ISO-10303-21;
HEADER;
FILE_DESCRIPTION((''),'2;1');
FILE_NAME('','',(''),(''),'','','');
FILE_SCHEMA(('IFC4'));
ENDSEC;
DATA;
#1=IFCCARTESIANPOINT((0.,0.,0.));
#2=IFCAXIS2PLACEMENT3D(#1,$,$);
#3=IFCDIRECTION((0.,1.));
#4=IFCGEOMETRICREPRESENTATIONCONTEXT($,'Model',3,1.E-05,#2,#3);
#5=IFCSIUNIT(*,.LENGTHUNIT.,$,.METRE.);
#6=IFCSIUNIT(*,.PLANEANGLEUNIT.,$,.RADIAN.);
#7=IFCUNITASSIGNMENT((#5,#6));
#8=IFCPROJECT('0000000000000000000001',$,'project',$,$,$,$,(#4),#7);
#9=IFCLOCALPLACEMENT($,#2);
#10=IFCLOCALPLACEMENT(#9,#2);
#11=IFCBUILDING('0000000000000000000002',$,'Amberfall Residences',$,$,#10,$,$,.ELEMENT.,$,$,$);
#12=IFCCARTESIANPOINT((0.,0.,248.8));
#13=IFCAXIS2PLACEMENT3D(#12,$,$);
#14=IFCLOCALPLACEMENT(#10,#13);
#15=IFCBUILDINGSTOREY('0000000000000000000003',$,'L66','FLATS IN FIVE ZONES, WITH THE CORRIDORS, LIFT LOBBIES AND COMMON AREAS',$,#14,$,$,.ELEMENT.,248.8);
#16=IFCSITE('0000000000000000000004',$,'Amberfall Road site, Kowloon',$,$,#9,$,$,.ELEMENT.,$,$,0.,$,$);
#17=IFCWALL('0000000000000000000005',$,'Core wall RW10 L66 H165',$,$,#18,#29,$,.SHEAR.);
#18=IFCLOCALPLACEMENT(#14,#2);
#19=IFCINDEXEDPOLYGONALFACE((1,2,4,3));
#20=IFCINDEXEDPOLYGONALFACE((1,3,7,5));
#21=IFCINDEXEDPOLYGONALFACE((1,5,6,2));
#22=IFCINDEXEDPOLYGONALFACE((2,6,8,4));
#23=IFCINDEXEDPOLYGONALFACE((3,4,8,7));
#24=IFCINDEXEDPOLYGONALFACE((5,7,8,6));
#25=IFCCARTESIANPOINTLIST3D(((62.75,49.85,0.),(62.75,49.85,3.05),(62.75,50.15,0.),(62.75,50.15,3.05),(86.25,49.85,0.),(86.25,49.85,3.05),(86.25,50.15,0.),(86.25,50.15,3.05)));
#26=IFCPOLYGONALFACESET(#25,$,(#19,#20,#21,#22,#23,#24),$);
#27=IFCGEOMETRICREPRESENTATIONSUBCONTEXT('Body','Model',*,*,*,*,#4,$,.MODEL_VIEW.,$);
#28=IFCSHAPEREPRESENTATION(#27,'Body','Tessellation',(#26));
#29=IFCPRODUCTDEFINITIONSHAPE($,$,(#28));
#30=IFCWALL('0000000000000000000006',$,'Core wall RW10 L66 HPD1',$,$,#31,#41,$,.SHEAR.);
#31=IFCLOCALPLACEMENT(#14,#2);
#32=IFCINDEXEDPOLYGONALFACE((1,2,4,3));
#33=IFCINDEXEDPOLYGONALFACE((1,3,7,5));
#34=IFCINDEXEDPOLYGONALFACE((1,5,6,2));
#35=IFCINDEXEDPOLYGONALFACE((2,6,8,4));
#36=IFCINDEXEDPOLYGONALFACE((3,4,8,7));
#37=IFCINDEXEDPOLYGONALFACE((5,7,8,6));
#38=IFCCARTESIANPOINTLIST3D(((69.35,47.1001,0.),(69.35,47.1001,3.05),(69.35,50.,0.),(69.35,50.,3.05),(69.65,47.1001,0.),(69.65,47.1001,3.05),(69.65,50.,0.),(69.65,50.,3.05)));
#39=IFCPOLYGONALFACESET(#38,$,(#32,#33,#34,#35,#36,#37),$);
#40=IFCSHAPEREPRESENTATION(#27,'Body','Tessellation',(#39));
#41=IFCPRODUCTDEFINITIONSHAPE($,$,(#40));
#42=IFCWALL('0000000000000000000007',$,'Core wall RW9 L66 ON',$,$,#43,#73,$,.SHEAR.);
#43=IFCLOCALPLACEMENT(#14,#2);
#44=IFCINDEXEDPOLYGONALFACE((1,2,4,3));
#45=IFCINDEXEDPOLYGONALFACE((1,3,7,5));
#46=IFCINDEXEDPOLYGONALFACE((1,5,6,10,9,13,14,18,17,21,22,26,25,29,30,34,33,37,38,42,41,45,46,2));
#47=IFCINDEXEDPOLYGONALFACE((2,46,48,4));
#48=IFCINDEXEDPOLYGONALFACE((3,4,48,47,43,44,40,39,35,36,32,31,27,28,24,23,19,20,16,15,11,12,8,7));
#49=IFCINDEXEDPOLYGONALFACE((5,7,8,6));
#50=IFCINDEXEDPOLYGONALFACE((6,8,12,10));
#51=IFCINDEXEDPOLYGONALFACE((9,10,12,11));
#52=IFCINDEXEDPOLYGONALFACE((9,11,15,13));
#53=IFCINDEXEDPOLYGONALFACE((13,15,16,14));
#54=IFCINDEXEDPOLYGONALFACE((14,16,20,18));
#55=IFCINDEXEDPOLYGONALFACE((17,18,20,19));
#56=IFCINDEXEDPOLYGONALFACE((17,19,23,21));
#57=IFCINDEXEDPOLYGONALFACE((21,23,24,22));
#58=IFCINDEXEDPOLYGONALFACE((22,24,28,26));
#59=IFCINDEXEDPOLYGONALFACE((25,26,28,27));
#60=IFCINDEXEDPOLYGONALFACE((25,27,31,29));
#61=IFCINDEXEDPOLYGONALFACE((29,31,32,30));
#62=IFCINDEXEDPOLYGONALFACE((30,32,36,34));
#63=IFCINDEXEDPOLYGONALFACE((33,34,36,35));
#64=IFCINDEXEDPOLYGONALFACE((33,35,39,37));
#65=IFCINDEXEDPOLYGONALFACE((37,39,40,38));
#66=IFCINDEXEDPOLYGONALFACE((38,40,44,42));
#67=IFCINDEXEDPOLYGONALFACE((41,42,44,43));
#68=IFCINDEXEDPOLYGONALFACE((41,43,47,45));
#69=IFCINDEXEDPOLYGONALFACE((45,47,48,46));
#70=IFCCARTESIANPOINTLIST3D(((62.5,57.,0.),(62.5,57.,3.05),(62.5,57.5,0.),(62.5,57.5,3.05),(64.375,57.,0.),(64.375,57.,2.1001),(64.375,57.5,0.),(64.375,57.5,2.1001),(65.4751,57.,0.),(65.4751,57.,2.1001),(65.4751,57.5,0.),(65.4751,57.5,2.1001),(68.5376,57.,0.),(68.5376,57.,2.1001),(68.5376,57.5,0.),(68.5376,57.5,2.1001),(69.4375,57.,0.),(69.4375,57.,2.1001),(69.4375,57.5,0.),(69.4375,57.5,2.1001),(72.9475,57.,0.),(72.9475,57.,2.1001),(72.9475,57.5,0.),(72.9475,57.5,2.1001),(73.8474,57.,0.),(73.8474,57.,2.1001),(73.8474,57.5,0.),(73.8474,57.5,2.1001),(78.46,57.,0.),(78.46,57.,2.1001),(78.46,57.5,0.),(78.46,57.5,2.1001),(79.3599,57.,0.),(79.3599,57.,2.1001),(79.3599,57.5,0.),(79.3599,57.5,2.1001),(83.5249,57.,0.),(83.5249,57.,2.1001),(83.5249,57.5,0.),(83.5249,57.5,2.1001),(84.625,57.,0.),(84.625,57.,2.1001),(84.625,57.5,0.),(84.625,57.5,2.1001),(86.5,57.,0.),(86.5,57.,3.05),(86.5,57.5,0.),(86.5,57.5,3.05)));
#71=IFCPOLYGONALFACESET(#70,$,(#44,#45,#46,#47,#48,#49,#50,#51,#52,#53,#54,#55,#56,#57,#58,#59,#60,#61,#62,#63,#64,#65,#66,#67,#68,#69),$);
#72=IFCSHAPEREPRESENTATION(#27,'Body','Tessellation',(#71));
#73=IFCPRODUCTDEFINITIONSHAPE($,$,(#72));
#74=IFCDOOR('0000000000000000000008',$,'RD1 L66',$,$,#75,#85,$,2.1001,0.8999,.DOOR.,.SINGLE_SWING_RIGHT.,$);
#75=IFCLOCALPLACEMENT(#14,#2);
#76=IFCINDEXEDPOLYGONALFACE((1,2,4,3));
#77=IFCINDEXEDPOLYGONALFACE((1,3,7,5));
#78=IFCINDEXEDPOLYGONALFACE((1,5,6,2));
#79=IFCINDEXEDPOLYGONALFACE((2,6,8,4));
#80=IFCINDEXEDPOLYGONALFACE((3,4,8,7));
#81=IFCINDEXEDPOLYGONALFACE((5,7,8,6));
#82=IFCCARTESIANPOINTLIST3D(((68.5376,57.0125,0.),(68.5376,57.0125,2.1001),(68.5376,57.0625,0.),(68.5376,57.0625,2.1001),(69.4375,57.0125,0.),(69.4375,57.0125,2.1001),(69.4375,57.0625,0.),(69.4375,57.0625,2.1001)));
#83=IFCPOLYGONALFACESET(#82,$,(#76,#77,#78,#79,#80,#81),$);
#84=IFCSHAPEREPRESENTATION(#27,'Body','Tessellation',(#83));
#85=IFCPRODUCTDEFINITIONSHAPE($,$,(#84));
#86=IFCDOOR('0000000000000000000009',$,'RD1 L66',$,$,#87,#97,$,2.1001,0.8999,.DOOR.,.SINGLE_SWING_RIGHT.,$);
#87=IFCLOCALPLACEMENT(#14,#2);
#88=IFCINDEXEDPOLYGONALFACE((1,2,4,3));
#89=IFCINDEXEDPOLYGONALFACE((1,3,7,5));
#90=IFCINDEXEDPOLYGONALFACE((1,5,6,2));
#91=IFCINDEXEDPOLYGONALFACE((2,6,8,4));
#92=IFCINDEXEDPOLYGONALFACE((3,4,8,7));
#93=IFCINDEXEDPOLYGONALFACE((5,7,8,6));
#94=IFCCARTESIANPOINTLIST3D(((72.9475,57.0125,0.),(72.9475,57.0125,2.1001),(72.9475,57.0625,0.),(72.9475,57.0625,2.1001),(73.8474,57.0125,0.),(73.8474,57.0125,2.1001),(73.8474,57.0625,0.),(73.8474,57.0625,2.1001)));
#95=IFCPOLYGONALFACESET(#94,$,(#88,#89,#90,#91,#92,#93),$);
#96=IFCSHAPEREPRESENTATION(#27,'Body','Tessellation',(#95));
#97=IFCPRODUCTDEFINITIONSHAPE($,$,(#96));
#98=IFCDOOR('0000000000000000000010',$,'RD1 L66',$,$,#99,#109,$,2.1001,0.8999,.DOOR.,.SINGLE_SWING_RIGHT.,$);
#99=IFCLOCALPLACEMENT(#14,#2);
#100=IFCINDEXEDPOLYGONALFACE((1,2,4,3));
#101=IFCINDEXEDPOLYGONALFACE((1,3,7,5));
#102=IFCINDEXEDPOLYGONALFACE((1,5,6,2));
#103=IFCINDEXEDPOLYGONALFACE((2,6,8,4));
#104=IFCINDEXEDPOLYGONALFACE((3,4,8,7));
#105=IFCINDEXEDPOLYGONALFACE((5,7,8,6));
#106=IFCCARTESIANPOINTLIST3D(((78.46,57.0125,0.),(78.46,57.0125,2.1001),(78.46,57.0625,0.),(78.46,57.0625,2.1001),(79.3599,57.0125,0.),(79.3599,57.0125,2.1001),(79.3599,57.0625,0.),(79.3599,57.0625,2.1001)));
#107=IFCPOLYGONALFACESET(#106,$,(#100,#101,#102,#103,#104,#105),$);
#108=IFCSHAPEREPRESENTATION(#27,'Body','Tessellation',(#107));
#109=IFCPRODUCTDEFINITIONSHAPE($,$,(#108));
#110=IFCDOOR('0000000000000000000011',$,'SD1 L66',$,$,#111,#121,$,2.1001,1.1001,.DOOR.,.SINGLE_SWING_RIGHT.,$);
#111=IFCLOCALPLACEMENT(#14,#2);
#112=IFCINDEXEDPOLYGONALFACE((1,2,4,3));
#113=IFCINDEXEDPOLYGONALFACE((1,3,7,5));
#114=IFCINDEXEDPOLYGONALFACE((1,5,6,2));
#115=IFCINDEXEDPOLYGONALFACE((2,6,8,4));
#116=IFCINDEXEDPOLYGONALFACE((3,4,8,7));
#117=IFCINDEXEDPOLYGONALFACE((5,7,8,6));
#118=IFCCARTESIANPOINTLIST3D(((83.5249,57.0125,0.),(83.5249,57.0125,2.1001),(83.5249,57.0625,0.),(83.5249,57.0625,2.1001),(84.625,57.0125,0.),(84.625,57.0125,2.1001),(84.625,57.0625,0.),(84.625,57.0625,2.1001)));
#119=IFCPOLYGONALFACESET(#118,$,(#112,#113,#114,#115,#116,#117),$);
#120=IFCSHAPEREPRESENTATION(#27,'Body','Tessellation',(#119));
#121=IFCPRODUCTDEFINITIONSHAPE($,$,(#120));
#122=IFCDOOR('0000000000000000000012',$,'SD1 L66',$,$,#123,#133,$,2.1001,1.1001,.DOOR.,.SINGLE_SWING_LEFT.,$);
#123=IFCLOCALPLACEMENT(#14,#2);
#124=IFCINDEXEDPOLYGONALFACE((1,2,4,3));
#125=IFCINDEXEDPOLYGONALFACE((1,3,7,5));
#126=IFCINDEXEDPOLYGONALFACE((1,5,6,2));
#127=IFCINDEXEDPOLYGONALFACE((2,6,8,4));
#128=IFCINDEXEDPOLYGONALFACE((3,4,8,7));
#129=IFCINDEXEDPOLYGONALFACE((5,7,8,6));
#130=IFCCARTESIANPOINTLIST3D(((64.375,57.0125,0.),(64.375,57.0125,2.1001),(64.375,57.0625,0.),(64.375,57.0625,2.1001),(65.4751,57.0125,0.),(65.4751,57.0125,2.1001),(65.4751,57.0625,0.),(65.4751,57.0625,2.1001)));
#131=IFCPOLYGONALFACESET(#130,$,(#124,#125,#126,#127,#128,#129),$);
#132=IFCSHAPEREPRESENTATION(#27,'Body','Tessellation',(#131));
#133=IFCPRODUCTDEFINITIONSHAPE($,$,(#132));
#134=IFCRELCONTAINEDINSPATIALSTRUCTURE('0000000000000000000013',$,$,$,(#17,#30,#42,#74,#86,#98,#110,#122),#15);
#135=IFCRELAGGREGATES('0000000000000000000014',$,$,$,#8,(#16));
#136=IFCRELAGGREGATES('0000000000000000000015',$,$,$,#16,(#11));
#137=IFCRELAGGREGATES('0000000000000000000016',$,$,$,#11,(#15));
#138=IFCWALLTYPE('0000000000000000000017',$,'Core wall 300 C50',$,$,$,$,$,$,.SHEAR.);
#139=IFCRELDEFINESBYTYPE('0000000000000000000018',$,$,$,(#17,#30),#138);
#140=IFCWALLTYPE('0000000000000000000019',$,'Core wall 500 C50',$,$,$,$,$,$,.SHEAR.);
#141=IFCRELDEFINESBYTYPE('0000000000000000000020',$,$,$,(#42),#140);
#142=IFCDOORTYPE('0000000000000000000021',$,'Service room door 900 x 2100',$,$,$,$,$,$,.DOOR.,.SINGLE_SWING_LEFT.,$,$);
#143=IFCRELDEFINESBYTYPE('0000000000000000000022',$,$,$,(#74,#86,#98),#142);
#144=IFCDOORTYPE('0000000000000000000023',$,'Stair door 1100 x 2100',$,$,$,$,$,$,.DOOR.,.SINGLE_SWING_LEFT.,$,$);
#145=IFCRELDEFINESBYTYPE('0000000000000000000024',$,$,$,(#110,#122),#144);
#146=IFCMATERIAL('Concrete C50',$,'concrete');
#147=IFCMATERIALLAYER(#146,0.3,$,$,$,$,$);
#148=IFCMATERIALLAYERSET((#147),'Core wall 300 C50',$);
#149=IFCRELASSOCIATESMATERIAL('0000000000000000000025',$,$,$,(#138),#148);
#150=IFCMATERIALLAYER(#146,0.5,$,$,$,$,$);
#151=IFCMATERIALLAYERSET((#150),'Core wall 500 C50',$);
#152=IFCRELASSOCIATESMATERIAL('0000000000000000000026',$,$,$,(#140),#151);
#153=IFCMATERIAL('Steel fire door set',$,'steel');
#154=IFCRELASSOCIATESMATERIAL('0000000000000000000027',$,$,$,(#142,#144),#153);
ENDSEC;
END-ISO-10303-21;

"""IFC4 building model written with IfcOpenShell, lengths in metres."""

from ifc_helpers import new_model, si_unit, direction, frame, frame_2d, origin, place, context, subcontext, project, spatial, rectangle, extrude, material, layer, layer_set, type_object, element, fill, save


model = new_model("IFC4")

# Units and contexts
model_context = context("Model", 3, precision=1e-05, world=origin(), true_north=direction((0.0, 1.0)))
body_context = subcontext(model_context, "Body", "Model", "MODEL_VIEW")
ifc_project = project(units=[si_unit("LENGTHUNIT", "METRE"), si_unit("PLANEANGLEUNIT", "RADIAN")], contexts=[model_context])

# Site, building, storey
site_placement = place(None, origin())
site = spatial("IfcSite", under=ifc_project, at=site_placement, Name="Amberfall Road site, Kowloon", CompositionType="ELEMENT", RefElevation=0.0)
building_placement = place(site_placement, origin())
building = spatial("IfcBuilding", under=site, at=building_placement, Name="Amberfall Residences", CompositionType="ELEMENT")
storey_placement = place(building_placement, frame((0.0, 0.0, 248.8)))
storey = spatial("IfcBuildingStorey", under=building, at=storey_placement, Name="L66", Description="FLATS IN FIVE ZONES, WITH THE CORRIDORS, LIFT LOBBIES AND COMMON AREAS", CompositionType="ELEMENT", Elevation=248.8)

# Walls
ifc_material_1 = material(Name="Concrete C50", Category="concrete")
ifc_layer_1 = layer(ifc_material_1, 0.3)
ifc_layer_set_1 = layer_set([ifc_layer_1], Name="Core wall 300 C50")
wall_type_1 = type_object("IfcWallType", Name="Core wall 300 C50", PredefinedType="SHEAR", material=ifc_layer_set_1)
wall_1_placement = place(storey_placement, frame((62.75, 50.0, 0.0), z_axis=(0.0, 0.0, 1.0), x_axis=(1.0, 0.0, 0.0)))
element("IfcWall", 1, at=wall_1_placement, inside=storey, type_object=wall_type_1, Name="Core wall RW10 L66 H165", PredefinedType="SHEAR", context=body_context, shape_type="SweptSolid", body=[
    extrude(rectangle(XDim=23.5, YDim=0.3, at=frame_2d((11.75, 0.0))), origin(), (0.0, 0.0, 1.0), 3.05),
])
wall_2_placement = place(storey_placement, frame((69.5, 47.1001, 0.0), z_axis=(0.0, 0.0, 1.0), x_axis=(0.0, 1.0, 0.0)))
element("IfcWall", 2, at=wall_2_placement, inside=storey, type_object=wall_type_1, Name="Core wall RW10 L66 HPD1", PredefinedType="SHEAR", context=body_context, shape_type="SweptSolid", body=[
    extrude(rectangle(XDim=2.8999, YDim=0.3, at=frame_2d((1.45, 0.0))), origin(), (0.0, 0.0, 1.0), 3.05),
])

# Wall, openings, doors
ifc_layer_2 = layer(ifc_material_1, 0.5)
ifc_layer_set_2 = layer_set([ifc_layer_2], Name="Core wall 500 C50")
wall_type_2 = type_object("IfcWallType", Name="Core wall 500 C50", PredefinedType="SHEAR", material=ifc_layer_set_2)
wall_3_placement = place(storey_placement, frame((62.5, 57.25, 0.0), z_axis=(0.0, 0.0, 1.0), x_axis=(1.0, 0.0, 0.0)))
wall_3 = element("IfcWall", 3, at=wall_3_placement, inside=storey, type_object=wall_type_2, Name="Core wall RW9 L66 ON", PredefinedType="SHEAR", context=body_context, shape_type="SweptSolid", body=[
    extrude(rectangle(XDim=24.0, YDim=0.5, at=frame_2d((12.0, 0.0))), origin(), (0.0, 0.0, 1.0), 3.05),
])
opening_1_placement = place(wall_3_placement, frame((21.0249, 0.0, 0.0)))
opening_1 = element("IfcOpeningElement", 4, at=opening_1_placement, cuts=wall_3, PredefinedType="OPENING", context=body_context, shape_type="SweptSolid", body=[
    extrude(rectangle(XDim=1.1001, YDim=2.1001, at=frame_2d((0.55, 1.05))), frame((0.0, 0.26, 0.0), z_axis=(0.0, -1.0, 0.0), x_axis=(1.0, 0.0, 0.0)), (0.0, 0.0, 1.0), 0.52),
])
opening_2_placement = place(wall_3_placement, frame((1.875, 0.0, 0.0)))
opening_2 = element("IfcOpeningElement", 5, at=opening_2_placement, cuts=wall_3, PredefinedType="OPENING", context=body_context, shape_type="SweptSolid", body=[
    extrude(rectangle(XDim=1.1001, YDim=2.1001, at=frame_2d((0.55, 1.05))), frame((0.0, 0.26, 0.0), z_axis=(0.0, -1.0, 0.0), x_axis=(1.0, 0.0, 0.0)), (0.0, 0.0, 1.0), 0.52),
])
opening_3_placement = place(wall_3_placement, frame((6.0376, 0.0, 0.0)))
opening_3 = element("IfcOpeningElement", 6, at=opening_3_placement, cuts=wall_3, PredefinedType="OPENING", context=body_context, shape_type="SweptSolid", body=[
    extrude(rectangle(XDim=0.8999, YDim=2.1001, at=frame_2d((0.45, 1.05))), frame((0.0, 0.26, 0.0), z_axis=(0.0, -1.0, 0.0), x_axis=(1.0, 0.0, 0.0)), (0.0, 0.0, 1.0), 0.52),
])
opening_4_placement = place(wall_3_placement, frame((10.4475, 0.0, 0.0)))
opening_4 = element("IfcOpeningElement", 7, at=opening_4_placement, cuts=wall_3, PredefinedType="OPENING", context=body_context, shape_type="SweptSolid", body=[
    extrude(rectangle(XDim=0.8999, YDim=2.1001, at=frame_2d((0.45, 1.05))), frame((0.0, 0.26, 0.0), z_axis=(0.0, -1.0, 0.0), x_axis=(1.0, 0.0, 0.0)), (0.0, 0.0, 1.0), 0.52),
])
opening_5_placement = place(wall_3_placement, frame((15.96, 0.0, 0.0)))
opening_5 = element("IfcOpeningElement", 8, at=opening_5_placement, cuts=wall_3, PredefinedType="OPENING", context=body_context, shape_type="SweptSolid", body=[
    extrude(rectangle(XDim=0.8999, YDim=2.1001, at=frame_2d((0.45, 1.05))), frame((0.0, 0.26, 0.0), z_axis=(0.0, -1.0, 0.0), x_axis=(1.0, 0.0, 0.0)), (0.0, 0.0, 1.0), 0.52),
])
ifc_material_2 = material(Name="Steel fire door set", Category="steel")
door_type_1 = type_object("IfcDoorType", Name="Service room door 900 x 2100", OperationType="SINGLE_SWING_LEFT", PredefinedType="DOOR", material=ifc_material_2)
door_1_placement = place(opening_3_placement, origin())
door_1 = element("IfcDoor", 9, at=door_1_placement, inside=storey, type_object=door_type_1, Name="RD1 L66", OperationType="SINGLE_SWING_RIGHT", OverallHeight=2.1001, OverallWidth=0.8999, PredefinedType="DOOR", context=body_context, shape_type="SweptSolid", body=[
    extrude(rectangle(XDim=0.8999, YDim=2.1001, at=frame_2d((0.45, 1.05))), frame((0.0, -0.1875, 0.0), z_axis=(0.0, -1.0, 0.0), x_axis=(1.0, 0.0, 0.0)), (0.0, 0.0, 1.0), 0.05),
])
fill(opening_3, door_1)
door_2_placement = place(opening_4_placement, origin())
door_2 = element("IfcDoor", 10, at=door_2_placement, inside=storey, type_object=door_type_1, Name="RD1 L66", OperationType="SINGLE_SWING_RIGHT", OverallHeight=2.1001, OverallWidth=0.8999, PredefinedType="DOOR", context=body_context, shape_type="SweptSolid", body=[
    extrude(rectangle(XDim=0.8999, YDim=2.1001, at=frame_2d((0.45, 1.05))), frame((0.0, -0.1875, 0.0), z_axis=(0.0, -1.0, 0.0), x_axis=(1.0, 0.0, 0.0)), (0.0, 0.0, 1.0), 0.05),
])
fill(opening_4, door_2)
door_3_placement = place(opening_5_placement, origin())
door_3 = element("IfcDoor", 11, at=door_3_placement, inside=storey, type_object=door_type_1, Name="RD1 L66", OperationType="SINGLE_SWING_RIGHT", OverallHeight=2.1001, OverallWidth=0.8999, PredefinedType="DOOR", context=body_context, shape_type="SweptSolid", body=[
    extrude(rectangle(XDim=0.8999, YDim=2.1001, at=frame_2d((0.45, 1.05))), frame((0.0, -0.1875, 0.0), z_axis=(0.0, -1.0, 0.0), x_axis=(1.0, 0.0, 0.0)), (0.0, 0.0, 1.0), 0.05),
])
fill(opening_5, door_3)
door_type_2 = type_object("IfcDoorType", Name="Stair door 1100 x 2100", OperationType="SINGLE_SWING_LEFT", PredefinedType="DOOR", material=ifc_material_2)
door_4_placement = place(opening_1_placement, origin())
door_4 = element("IfcDoor", 12, at=door_4_placement, inside=storey, type_object=door_type_2, Name="SD1 L66", OperationType="SINGLE_SWING_RIGHT", OverallHeight=2.1001, OverallWidth=1.1001, PredefinedType="DOOR", context=body_context, shape_type="SweptSolid", body=[
    extrude(rectangle(XDim=1.1001, YDim=2.1001, at=frame_2d((0.55, 1.05))), frame((0.0, -0.1875, 0.0), z_axis=(0.0, -1.0, 0.0), x_axis=(1.0, 0.0, 0.0)), (0.0, 0.0, 1.0), 0.05),
])
fill(opening_1, door_4)
door_5_placement = place(opening_2_placement, origin())
door_5 = element("IfcDoor", 13, at=door_5_placement, inside=storey, type_object=door_type_2, Name="SD1 L66", OperationType="SINGLE_SWING_LEFT", OverallHeight=2.1001, OverallWidth=1.1001, PredefinedType="DOOR", context=body_context, shape_type="SweptSolid", body=[
    extrude(rectangle(XDim=1.1001, YDim=2.1001, at=frame_2d((0.55, 1.05))), frame((0.0, -0.1875, 0.0), z_axis=(0.0, -1.0, 0.0), x_axis=(1.0, 0.0, 0.0)), (0.0, 0.0, 1.0), 0.05),
])
fill(opening_2, door_5)

save(model, "model.ifc")
